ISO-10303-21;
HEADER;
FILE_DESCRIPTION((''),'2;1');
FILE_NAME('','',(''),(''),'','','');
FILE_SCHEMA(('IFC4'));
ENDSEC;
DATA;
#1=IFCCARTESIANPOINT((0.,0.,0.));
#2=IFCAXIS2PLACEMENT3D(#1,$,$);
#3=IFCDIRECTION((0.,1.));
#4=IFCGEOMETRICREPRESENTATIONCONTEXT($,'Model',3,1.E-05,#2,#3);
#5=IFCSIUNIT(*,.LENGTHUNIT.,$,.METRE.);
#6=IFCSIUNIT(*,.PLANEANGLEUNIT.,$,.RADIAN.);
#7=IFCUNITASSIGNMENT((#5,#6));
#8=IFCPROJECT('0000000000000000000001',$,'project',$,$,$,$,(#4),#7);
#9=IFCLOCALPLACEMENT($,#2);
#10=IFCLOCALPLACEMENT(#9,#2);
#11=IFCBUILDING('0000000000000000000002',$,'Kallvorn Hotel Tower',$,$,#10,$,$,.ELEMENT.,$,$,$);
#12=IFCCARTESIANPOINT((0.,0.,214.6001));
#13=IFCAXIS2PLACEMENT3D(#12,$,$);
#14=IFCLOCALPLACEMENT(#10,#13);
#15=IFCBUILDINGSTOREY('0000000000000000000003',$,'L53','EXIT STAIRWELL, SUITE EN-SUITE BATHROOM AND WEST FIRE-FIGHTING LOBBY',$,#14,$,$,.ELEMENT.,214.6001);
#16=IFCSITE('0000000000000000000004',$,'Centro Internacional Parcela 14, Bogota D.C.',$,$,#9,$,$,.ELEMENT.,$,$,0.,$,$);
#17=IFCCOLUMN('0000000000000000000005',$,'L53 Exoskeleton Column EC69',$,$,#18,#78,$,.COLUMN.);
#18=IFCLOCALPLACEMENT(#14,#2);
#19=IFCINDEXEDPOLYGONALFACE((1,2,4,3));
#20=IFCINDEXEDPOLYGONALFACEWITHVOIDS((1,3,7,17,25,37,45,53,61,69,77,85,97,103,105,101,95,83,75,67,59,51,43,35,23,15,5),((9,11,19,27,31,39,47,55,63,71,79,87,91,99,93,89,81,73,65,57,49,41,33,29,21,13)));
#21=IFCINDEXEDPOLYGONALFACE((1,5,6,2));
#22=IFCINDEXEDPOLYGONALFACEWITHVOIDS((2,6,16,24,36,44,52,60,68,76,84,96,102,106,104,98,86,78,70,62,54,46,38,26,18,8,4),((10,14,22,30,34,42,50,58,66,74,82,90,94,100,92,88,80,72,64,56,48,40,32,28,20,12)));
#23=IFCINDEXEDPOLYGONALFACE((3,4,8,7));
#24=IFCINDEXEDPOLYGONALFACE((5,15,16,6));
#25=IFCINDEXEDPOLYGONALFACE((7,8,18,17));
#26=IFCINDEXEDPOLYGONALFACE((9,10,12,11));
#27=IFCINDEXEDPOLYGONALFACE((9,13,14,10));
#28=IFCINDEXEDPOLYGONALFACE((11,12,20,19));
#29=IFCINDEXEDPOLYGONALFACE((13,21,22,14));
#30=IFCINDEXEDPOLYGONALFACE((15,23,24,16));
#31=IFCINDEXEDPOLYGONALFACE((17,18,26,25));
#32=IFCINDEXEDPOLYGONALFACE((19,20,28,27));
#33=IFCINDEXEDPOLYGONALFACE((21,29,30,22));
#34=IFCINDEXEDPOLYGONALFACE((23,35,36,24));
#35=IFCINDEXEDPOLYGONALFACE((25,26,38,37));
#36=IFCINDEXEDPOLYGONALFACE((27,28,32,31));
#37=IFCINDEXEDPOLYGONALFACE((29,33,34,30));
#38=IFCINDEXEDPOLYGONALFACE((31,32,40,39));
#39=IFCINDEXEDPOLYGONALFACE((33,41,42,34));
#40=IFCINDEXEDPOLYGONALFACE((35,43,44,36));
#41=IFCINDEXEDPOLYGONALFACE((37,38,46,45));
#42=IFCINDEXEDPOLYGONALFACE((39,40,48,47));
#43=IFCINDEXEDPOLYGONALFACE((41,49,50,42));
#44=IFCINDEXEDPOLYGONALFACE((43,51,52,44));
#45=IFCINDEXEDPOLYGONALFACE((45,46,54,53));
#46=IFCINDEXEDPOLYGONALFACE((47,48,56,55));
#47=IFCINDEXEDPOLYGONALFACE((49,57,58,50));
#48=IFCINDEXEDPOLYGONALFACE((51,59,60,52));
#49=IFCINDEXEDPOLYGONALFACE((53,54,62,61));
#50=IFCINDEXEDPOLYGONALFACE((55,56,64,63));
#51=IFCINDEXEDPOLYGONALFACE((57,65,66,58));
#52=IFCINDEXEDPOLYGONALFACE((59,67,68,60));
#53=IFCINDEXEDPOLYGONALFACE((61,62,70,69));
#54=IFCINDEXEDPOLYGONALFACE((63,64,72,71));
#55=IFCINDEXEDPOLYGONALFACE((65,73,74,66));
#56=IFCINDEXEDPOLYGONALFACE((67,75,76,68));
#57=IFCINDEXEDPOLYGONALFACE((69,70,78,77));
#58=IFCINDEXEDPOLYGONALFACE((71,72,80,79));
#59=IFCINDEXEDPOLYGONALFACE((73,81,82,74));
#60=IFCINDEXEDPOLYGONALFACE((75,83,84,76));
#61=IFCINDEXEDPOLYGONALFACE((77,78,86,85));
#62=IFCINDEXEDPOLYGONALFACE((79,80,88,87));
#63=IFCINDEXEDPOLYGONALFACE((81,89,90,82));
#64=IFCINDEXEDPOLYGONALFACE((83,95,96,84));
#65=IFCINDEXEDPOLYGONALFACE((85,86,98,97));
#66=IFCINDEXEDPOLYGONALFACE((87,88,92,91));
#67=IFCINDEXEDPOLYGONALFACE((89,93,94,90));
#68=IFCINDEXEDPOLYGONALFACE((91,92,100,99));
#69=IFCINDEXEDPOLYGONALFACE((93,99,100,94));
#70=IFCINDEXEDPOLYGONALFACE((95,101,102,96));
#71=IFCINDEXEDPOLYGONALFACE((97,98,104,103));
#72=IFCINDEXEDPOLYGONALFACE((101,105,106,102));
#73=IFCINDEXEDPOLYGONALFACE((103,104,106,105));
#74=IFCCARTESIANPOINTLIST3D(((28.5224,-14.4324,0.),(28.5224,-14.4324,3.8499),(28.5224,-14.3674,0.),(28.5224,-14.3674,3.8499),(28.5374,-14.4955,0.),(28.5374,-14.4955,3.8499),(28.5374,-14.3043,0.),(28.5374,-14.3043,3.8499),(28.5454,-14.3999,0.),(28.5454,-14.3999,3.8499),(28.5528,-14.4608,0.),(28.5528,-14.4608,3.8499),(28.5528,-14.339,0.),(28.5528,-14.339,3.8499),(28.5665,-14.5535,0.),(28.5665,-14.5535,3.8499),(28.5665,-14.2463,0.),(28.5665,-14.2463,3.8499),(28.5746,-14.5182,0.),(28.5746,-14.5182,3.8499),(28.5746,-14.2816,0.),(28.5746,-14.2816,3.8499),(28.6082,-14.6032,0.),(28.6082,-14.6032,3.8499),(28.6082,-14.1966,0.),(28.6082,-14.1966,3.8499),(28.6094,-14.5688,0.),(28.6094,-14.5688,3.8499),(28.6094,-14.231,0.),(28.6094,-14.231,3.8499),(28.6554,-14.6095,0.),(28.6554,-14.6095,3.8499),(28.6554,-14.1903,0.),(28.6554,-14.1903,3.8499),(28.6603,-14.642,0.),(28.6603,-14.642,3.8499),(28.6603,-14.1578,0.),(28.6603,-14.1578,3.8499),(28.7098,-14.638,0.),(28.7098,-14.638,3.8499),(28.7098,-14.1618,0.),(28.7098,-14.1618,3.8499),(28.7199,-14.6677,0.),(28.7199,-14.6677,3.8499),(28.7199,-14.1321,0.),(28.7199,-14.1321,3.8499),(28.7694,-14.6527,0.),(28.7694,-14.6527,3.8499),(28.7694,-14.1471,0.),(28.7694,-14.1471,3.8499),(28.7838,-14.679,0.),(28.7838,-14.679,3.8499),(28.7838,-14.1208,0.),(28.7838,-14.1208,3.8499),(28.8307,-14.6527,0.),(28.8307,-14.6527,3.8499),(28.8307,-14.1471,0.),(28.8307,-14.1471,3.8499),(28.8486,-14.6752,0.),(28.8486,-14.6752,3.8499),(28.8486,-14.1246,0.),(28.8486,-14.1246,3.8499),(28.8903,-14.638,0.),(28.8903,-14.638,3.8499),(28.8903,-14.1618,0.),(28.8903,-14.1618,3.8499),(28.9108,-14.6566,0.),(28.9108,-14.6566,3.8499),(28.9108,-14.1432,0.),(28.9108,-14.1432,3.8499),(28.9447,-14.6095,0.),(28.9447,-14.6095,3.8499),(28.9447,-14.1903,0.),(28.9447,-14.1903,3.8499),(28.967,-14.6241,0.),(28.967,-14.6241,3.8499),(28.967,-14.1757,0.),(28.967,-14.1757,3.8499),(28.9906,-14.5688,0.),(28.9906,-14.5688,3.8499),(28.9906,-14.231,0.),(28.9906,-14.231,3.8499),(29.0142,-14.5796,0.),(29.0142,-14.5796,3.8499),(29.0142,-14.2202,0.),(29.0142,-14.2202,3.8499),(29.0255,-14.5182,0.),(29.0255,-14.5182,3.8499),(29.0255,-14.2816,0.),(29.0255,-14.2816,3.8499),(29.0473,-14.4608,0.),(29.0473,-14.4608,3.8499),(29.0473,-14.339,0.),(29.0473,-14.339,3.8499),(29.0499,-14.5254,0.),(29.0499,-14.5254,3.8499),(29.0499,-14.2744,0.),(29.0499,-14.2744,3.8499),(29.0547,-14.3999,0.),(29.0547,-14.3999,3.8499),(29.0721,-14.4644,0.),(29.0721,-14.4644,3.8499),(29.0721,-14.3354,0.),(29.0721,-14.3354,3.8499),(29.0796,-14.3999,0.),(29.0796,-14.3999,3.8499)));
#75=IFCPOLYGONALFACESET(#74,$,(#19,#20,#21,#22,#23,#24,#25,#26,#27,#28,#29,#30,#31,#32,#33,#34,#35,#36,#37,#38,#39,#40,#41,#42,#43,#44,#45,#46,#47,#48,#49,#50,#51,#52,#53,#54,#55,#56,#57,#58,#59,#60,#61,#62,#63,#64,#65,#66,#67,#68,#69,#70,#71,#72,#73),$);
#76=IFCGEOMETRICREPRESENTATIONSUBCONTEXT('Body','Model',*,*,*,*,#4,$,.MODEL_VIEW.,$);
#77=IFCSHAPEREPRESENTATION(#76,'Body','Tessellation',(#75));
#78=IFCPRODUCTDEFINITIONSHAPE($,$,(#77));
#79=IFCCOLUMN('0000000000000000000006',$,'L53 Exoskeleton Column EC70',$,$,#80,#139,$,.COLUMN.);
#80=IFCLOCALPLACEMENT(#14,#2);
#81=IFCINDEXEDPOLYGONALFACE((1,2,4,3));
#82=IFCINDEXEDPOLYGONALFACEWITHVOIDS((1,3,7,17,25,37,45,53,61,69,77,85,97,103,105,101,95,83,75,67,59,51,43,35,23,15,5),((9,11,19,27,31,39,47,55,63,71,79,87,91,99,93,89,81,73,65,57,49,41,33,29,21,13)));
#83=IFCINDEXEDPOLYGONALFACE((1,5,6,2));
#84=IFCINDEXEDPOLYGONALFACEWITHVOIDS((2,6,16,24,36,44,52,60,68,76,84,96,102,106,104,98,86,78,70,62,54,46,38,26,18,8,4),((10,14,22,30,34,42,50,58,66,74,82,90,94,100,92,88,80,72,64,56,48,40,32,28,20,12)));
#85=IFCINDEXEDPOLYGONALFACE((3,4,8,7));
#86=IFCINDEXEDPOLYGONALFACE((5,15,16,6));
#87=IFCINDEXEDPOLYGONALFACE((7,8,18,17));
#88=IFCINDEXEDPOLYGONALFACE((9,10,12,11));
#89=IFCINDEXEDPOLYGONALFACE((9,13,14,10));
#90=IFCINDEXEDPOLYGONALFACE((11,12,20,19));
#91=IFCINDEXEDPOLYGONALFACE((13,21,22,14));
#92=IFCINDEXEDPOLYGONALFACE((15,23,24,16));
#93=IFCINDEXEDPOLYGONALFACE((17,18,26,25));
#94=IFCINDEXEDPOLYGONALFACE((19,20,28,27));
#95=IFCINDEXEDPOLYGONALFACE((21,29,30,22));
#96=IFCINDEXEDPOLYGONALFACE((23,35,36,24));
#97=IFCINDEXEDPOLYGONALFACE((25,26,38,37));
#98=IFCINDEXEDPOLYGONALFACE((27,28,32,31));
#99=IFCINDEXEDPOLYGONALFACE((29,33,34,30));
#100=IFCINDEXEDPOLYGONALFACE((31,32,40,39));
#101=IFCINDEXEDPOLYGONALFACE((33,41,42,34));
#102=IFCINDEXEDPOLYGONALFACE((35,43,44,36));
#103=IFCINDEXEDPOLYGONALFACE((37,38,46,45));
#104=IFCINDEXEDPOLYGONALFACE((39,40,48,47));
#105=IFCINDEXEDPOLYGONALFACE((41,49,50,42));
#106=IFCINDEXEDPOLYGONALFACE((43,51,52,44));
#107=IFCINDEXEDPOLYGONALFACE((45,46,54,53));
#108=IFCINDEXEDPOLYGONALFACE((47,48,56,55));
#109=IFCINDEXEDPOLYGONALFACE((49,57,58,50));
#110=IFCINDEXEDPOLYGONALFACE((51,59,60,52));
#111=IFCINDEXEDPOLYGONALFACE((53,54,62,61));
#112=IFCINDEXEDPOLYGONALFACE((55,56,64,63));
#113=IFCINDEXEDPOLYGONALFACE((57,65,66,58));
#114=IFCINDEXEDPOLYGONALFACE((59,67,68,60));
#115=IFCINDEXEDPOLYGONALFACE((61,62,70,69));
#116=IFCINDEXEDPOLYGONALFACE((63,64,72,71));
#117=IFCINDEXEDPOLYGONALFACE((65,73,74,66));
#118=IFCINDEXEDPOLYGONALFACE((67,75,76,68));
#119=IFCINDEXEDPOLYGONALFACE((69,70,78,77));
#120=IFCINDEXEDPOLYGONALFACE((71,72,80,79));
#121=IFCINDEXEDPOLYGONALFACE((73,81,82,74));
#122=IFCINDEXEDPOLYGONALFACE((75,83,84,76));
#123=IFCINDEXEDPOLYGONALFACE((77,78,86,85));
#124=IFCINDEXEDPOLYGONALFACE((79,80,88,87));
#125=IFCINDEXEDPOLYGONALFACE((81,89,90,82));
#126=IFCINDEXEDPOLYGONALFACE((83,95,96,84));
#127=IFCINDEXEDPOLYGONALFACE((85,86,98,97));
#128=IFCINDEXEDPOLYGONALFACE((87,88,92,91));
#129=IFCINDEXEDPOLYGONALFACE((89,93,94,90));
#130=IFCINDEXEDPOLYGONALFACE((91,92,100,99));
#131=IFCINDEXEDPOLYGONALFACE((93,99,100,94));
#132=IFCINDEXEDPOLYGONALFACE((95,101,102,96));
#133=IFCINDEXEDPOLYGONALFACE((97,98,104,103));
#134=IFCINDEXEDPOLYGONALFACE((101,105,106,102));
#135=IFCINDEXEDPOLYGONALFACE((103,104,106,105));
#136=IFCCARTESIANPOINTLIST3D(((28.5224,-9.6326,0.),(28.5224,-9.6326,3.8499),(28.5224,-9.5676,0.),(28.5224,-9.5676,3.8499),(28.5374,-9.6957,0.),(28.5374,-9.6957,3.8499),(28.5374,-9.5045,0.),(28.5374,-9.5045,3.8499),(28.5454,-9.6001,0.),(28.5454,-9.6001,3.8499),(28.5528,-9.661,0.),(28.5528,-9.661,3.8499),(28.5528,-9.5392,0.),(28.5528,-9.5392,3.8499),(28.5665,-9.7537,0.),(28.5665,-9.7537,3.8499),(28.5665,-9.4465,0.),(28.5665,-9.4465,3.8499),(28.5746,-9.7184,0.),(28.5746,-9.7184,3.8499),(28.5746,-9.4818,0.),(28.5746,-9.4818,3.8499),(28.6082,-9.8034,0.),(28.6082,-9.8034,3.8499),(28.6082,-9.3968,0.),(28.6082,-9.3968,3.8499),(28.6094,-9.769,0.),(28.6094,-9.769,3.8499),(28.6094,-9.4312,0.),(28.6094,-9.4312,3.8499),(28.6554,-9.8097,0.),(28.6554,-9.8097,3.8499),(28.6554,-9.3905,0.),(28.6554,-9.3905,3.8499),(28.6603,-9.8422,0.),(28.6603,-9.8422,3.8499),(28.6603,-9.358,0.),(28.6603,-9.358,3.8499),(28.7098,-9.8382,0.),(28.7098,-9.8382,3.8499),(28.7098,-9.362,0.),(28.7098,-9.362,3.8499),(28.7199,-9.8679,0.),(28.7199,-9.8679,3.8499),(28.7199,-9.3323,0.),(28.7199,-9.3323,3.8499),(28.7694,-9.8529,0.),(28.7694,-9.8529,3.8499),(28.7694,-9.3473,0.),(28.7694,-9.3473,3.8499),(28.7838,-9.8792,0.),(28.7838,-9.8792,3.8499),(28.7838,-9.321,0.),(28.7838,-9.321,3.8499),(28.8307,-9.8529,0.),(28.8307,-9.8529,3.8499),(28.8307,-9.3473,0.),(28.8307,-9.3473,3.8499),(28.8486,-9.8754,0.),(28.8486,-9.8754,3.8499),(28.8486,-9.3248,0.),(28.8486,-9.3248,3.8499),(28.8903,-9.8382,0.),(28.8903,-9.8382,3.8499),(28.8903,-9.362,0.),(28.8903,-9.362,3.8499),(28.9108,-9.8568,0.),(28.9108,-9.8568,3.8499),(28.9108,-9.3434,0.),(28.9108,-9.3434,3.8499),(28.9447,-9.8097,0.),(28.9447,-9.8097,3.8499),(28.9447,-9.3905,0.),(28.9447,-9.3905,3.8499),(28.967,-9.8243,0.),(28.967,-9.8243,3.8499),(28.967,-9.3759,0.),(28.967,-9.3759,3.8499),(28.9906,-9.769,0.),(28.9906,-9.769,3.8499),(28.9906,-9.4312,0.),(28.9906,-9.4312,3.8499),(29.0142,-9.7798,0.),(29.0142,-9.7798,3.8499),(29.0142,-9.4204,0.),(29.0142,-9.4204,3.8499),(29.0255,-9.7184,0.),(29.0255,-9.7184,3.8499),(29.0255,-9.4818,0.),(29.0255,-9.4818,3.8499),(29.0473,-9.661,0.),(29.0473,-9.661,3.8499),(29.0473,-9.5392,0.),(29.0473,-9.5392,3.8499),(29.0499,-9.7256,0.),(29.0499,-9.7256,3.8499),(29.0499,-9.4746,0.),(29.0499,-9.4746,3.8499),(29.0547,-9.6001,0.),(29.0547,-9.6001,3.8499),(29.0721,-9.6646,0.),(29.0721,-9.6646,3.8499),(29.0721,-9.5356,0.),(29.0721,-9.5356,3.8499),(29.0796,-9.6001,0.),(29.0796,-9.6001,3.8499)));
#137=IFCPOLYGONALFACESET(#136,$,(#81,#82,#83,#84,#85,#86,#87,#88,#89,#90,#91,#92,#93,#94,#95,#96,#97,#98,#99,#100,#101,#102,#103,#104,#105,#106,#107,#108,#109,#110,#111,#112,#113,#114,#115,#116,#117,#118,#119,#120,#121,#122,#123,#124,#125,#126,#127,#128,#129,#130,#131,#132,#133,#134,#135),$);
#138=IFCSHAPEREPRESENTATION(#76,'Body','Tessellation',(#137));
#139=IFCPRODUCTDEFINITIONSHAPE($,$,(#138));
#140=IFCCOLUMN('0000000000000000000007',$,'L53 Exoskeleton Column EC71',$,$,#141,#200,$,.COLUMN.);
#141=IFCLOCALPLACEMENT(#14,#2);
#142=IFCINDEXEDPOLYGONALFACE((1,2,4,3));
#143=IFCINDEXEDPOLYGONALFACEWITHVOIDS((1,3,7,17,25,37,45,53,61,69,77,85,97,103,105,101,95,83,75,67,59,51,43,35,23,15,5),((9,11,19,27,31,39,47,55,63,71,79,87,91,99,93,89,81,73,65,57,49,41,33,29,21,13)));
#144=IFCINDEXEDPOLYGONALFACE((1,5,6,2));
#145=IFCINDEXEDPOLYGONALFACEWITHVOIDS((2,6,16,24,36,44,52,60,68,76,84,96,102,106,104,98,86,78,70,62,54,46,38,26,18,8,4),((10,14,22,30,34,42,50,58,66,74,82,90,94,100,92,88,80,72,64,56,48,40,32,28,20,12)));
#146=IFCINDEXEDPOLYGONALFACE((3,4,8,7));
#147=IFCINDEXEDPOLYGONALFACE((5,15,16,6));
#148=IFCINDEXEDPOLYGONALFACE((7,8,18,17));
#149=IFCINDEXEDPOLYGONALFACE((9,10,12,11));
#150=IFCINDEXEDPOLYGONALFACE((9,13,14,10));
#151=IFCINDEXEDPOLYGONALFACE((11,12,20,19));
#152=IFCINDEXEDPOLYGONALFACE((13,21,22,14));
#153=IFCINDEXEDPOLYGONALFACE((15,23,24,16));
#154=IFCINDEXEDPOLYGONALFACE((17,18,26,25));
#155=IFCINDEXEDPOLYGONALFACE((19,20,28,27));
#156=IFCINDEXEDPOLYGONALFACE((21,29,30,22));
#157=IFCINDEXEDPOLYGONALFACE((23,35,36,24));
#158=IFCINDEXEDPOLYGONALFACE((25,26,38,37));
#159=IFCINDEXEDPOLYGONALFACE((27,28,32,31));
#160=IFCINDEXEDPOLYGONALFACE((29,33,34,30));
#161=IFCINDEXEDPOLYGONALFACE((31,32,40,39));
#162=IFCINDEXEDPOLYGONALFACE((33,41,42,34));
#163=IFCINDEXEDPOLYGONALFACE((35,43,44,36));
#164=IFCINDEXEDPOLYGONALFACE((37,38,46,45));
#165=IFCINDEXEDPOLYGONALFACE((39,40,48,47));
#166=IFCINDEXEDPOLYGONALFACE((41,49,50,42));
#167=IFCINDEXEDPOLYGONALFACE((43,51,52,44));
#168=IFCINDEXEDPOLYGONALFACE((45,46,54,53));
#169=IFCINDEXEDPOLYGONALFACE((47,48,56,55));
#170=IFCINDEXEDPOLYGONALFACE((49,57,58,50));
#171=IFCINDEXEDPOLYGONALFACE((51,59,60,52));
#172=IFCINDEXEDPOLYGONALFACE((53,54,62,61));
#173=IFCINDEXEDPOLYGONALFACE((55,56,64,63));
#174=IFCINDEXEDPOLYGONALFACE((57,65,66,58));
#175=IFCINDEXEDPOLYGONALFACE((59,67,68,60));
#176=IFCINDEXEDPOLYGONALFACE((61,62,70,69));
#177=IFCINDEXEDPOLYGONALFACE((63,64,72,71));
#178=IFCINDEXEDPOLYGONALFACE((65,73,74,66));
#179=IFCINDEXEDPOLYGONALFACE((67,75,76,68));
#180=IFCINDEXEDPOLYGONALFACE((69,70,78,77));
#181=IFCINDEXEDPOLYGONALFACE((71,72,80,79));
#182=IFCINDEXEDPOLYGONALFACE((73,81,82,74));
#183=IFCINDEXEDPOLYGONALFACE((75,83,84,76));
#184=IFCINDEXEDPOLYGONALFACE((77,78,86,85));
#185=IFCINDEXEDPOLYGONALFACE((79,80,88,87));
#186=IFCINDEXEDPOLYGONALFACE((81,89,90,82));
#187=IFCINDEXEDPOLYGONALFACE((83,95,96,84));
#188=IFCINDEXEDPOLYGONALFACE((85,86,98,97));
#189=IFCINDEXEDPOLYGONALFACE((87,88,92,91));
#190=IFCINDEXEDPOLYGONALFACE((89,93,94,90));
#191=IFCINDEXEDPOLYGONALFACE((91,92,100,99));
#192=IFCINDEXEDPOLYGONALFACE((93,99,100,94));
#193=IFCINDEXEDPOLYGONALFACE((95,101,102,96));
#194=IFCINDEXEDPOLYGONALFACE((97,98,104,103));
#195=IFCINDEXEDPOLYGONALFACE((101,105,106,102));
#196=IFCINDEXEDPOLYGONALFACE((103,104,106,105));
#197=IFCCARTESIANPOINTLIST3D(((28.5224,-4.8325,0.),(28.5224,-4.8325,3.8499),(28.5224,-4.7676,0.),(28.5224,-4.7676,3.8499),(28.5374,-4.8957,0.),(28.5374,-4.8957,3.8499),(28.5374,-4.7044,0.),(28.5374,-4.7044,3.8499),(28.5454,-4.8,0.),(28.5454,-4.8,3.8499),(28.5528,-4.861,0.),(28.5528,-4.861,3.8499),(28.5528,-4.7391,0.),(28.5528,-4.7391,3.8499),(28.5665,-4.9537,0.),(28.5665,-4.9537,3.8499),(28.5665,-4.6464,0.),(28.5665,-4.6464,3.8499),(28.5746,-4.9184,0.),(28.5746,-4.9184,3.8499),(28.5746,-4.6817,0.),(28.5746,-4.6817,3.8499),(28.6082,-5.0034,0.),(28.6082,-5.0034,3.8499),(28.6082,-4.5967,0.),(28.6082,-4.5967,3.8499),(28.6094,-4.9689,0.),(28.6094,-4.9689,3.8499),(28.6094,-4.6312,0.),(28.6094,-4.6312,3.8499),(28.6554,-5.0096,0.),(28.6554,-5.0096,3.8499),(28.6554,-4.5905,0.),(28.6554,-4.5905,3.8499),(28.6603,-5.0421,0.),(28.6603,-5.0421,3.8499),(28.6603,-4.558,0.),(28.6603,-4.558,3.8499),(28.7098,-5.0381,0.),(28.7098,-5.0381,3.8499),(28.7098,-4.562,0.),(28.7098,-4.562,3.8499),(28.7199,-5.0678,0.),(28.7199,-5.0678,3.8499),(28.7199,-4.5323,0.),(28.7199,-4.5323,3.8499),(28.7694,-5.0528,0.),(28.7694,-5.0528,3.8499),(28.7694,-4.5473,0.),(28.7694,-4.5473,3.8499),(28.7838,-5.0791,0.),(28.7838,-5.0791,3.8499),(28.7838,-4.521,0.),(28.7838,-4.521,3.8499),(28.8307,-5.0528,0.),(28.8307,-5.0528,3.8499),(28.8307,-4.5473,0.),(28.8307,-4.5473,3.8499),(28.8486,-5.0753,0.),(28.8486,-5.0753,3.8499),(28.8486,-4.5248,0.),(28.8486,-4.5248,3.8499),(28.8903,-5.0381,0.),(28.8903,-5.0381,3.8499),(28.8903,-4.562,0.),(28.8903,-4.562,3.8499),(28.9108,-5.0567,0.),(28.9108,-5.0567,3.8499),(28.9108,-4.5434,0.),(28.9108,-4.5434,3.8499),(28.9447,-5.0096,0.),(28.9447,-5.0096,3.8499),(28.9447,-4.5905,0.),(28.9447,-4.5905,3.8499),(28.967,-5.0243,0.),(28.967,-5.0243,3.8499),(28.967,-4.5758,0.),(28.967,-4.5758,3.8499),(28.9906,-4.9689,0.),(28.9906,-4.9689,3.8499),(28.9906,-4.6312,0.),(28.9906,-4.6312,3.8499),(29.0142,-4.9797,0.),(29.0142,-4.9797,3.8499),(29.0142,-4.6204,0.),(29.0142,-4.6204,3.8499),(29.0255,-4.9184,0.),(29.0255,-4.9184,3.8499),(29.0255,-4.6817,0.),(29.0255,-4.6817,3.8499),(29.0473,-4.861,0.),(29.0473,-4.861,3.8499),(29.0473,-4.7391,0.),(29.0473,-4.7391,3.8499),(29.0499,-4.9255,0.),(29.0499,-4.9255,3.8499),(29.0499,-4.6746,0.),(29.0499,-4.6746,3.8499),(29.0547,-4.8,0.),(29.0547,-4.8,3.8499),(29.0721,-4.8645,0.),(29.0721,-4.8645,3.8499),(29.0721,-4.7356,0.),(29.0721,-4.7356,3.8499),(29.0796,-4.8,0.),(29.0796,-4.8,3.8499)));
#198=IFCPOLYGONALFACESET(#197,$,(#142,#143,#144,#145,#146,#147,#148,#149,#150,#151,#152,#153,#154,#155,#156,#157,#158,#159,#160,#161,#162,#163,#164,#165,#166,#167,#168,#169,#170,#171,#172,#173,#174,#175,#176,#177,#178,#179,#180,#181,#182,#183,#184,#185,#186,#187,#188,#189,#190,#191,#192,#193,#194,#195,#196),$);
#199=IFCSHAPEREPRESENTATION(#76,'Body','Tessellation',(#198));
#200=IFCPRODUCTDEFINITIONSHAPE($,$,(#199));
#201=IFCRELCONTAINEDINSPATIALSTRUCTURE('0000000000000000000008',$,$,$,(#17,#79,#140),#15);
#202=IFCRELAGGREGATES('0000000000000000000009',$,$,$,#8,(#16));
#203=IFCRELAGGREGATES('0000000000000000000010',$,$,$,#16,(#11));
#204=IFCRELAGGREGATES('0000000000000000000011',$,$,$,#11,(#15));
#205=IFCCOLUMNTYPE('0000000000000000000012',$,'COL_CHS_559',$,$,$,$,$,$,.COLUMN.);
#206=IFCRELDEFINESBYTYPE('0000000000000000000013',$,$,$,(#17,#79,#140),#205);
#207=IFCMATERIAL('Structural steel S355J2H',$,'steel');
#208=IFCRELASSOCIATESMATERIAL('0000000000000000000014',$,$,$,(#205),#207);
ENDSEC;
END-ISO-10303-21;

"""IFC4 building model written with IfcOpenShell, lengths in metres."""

from ifc_helpers import new_model, si_unit, direction, frame, origin, origin_2d, place, context, subcontext, project, spatial, hollow_circle, extrude, material, material_profile, profile_set, type_object, element, save


model = new_model("IFC4")

# Units and contexts
model_context = context("Model", 3, precision=1e-05, world=origin(), true_north=direction((0.0, 1.0)))
body_context = subcontext(model_context, "Body", "Model", "MODEL_VIEW")
ifc_project = project(units=[si_unit("LENGTHUNIT", "METRE"), si_unit("PLANEANGLEUNIT", "RADIAN")], contexts=[model_context])

# Site, building, storey
site_placement = place(None, origin())
site = spatial("IfcSite", under=ifc_project, at=site_placement, Name="Centro Internacional Parcela 14, Bogota D.C.", CompositionType="ELEMENT", RefElevation=0.0)
building_placement = place(site_placement, origin())
building = spatial("IfcBuilding", under=site, at=building_placement, Name="Kallvorn Hotel Tower", CompositionType="ELEMENT")
storey_placement = place(building_placement, frame((0.0, 0.0, 214.6001)))
storey = spatial("IfcBuildingStorey", under=building, at=storey_placement, Name="L53", Description="EXIT STAIRWELL, SUITE EN-SUITE BATHROOM AND WEST FIRE-FIGHTING LOBBY", CompositionType="ELEMENT", Elevation=214.6001)

# Columns
ifc_material_1 = material(Name="Structural steel S355J2H", Category="steel")
ifc_material_profile_1 = material_profile(ifc_material_1, hollow_circle(Radius=0.2795, WallThickness=0.0249, at=origin_2d()), Name="CHS 559x25")
ifc_profile_set_1 = profile_set([ifc_material_profile_1], Name="Structural steel S355J2H")
column_type_1 = type_object("IfcColumnType", Name="COL_CHS_559", PredefinedType="COLUMN", material=ifc_profile_set_1)
for number, where, z_axis, x_axis, name in (
    (1, (28.8, -14.3999, 0.0), (0.0, 0.0, 1.0), (1.0, 0.0, 0.0), "L53 Exoskeleton Column EC69"),
    (2, (28.8, -9.6001, 0.0), (0.0, 0.0, 1.0), (1.0, 0.0, 0.0), "L53 Exoskeleton Column EC70"),
    (3, (28.8, -4.8, 0.0), (0.0, 0.0, 1.0), (1.0, 0.0, 0.0), "L53 Exoskeleton Column EC71"),
):
    element("IfcColumn", number, at=place(storey_placement, frame(where, z_axis=z_axis, x_axis=x_axis)), inside=storey, type_object=column_type_1, Name=name, PredefinedType="COLUMN", context=body_context, shape_type="SweptSolid", body=[
        extrude(hollow_circle(Radius=0.2795, WallThickness=0.0249, at=origin_2d()), origin(), (0.0, 0.0, 1.0), 3.8499),
    ])

save(model, "model.ifc")
